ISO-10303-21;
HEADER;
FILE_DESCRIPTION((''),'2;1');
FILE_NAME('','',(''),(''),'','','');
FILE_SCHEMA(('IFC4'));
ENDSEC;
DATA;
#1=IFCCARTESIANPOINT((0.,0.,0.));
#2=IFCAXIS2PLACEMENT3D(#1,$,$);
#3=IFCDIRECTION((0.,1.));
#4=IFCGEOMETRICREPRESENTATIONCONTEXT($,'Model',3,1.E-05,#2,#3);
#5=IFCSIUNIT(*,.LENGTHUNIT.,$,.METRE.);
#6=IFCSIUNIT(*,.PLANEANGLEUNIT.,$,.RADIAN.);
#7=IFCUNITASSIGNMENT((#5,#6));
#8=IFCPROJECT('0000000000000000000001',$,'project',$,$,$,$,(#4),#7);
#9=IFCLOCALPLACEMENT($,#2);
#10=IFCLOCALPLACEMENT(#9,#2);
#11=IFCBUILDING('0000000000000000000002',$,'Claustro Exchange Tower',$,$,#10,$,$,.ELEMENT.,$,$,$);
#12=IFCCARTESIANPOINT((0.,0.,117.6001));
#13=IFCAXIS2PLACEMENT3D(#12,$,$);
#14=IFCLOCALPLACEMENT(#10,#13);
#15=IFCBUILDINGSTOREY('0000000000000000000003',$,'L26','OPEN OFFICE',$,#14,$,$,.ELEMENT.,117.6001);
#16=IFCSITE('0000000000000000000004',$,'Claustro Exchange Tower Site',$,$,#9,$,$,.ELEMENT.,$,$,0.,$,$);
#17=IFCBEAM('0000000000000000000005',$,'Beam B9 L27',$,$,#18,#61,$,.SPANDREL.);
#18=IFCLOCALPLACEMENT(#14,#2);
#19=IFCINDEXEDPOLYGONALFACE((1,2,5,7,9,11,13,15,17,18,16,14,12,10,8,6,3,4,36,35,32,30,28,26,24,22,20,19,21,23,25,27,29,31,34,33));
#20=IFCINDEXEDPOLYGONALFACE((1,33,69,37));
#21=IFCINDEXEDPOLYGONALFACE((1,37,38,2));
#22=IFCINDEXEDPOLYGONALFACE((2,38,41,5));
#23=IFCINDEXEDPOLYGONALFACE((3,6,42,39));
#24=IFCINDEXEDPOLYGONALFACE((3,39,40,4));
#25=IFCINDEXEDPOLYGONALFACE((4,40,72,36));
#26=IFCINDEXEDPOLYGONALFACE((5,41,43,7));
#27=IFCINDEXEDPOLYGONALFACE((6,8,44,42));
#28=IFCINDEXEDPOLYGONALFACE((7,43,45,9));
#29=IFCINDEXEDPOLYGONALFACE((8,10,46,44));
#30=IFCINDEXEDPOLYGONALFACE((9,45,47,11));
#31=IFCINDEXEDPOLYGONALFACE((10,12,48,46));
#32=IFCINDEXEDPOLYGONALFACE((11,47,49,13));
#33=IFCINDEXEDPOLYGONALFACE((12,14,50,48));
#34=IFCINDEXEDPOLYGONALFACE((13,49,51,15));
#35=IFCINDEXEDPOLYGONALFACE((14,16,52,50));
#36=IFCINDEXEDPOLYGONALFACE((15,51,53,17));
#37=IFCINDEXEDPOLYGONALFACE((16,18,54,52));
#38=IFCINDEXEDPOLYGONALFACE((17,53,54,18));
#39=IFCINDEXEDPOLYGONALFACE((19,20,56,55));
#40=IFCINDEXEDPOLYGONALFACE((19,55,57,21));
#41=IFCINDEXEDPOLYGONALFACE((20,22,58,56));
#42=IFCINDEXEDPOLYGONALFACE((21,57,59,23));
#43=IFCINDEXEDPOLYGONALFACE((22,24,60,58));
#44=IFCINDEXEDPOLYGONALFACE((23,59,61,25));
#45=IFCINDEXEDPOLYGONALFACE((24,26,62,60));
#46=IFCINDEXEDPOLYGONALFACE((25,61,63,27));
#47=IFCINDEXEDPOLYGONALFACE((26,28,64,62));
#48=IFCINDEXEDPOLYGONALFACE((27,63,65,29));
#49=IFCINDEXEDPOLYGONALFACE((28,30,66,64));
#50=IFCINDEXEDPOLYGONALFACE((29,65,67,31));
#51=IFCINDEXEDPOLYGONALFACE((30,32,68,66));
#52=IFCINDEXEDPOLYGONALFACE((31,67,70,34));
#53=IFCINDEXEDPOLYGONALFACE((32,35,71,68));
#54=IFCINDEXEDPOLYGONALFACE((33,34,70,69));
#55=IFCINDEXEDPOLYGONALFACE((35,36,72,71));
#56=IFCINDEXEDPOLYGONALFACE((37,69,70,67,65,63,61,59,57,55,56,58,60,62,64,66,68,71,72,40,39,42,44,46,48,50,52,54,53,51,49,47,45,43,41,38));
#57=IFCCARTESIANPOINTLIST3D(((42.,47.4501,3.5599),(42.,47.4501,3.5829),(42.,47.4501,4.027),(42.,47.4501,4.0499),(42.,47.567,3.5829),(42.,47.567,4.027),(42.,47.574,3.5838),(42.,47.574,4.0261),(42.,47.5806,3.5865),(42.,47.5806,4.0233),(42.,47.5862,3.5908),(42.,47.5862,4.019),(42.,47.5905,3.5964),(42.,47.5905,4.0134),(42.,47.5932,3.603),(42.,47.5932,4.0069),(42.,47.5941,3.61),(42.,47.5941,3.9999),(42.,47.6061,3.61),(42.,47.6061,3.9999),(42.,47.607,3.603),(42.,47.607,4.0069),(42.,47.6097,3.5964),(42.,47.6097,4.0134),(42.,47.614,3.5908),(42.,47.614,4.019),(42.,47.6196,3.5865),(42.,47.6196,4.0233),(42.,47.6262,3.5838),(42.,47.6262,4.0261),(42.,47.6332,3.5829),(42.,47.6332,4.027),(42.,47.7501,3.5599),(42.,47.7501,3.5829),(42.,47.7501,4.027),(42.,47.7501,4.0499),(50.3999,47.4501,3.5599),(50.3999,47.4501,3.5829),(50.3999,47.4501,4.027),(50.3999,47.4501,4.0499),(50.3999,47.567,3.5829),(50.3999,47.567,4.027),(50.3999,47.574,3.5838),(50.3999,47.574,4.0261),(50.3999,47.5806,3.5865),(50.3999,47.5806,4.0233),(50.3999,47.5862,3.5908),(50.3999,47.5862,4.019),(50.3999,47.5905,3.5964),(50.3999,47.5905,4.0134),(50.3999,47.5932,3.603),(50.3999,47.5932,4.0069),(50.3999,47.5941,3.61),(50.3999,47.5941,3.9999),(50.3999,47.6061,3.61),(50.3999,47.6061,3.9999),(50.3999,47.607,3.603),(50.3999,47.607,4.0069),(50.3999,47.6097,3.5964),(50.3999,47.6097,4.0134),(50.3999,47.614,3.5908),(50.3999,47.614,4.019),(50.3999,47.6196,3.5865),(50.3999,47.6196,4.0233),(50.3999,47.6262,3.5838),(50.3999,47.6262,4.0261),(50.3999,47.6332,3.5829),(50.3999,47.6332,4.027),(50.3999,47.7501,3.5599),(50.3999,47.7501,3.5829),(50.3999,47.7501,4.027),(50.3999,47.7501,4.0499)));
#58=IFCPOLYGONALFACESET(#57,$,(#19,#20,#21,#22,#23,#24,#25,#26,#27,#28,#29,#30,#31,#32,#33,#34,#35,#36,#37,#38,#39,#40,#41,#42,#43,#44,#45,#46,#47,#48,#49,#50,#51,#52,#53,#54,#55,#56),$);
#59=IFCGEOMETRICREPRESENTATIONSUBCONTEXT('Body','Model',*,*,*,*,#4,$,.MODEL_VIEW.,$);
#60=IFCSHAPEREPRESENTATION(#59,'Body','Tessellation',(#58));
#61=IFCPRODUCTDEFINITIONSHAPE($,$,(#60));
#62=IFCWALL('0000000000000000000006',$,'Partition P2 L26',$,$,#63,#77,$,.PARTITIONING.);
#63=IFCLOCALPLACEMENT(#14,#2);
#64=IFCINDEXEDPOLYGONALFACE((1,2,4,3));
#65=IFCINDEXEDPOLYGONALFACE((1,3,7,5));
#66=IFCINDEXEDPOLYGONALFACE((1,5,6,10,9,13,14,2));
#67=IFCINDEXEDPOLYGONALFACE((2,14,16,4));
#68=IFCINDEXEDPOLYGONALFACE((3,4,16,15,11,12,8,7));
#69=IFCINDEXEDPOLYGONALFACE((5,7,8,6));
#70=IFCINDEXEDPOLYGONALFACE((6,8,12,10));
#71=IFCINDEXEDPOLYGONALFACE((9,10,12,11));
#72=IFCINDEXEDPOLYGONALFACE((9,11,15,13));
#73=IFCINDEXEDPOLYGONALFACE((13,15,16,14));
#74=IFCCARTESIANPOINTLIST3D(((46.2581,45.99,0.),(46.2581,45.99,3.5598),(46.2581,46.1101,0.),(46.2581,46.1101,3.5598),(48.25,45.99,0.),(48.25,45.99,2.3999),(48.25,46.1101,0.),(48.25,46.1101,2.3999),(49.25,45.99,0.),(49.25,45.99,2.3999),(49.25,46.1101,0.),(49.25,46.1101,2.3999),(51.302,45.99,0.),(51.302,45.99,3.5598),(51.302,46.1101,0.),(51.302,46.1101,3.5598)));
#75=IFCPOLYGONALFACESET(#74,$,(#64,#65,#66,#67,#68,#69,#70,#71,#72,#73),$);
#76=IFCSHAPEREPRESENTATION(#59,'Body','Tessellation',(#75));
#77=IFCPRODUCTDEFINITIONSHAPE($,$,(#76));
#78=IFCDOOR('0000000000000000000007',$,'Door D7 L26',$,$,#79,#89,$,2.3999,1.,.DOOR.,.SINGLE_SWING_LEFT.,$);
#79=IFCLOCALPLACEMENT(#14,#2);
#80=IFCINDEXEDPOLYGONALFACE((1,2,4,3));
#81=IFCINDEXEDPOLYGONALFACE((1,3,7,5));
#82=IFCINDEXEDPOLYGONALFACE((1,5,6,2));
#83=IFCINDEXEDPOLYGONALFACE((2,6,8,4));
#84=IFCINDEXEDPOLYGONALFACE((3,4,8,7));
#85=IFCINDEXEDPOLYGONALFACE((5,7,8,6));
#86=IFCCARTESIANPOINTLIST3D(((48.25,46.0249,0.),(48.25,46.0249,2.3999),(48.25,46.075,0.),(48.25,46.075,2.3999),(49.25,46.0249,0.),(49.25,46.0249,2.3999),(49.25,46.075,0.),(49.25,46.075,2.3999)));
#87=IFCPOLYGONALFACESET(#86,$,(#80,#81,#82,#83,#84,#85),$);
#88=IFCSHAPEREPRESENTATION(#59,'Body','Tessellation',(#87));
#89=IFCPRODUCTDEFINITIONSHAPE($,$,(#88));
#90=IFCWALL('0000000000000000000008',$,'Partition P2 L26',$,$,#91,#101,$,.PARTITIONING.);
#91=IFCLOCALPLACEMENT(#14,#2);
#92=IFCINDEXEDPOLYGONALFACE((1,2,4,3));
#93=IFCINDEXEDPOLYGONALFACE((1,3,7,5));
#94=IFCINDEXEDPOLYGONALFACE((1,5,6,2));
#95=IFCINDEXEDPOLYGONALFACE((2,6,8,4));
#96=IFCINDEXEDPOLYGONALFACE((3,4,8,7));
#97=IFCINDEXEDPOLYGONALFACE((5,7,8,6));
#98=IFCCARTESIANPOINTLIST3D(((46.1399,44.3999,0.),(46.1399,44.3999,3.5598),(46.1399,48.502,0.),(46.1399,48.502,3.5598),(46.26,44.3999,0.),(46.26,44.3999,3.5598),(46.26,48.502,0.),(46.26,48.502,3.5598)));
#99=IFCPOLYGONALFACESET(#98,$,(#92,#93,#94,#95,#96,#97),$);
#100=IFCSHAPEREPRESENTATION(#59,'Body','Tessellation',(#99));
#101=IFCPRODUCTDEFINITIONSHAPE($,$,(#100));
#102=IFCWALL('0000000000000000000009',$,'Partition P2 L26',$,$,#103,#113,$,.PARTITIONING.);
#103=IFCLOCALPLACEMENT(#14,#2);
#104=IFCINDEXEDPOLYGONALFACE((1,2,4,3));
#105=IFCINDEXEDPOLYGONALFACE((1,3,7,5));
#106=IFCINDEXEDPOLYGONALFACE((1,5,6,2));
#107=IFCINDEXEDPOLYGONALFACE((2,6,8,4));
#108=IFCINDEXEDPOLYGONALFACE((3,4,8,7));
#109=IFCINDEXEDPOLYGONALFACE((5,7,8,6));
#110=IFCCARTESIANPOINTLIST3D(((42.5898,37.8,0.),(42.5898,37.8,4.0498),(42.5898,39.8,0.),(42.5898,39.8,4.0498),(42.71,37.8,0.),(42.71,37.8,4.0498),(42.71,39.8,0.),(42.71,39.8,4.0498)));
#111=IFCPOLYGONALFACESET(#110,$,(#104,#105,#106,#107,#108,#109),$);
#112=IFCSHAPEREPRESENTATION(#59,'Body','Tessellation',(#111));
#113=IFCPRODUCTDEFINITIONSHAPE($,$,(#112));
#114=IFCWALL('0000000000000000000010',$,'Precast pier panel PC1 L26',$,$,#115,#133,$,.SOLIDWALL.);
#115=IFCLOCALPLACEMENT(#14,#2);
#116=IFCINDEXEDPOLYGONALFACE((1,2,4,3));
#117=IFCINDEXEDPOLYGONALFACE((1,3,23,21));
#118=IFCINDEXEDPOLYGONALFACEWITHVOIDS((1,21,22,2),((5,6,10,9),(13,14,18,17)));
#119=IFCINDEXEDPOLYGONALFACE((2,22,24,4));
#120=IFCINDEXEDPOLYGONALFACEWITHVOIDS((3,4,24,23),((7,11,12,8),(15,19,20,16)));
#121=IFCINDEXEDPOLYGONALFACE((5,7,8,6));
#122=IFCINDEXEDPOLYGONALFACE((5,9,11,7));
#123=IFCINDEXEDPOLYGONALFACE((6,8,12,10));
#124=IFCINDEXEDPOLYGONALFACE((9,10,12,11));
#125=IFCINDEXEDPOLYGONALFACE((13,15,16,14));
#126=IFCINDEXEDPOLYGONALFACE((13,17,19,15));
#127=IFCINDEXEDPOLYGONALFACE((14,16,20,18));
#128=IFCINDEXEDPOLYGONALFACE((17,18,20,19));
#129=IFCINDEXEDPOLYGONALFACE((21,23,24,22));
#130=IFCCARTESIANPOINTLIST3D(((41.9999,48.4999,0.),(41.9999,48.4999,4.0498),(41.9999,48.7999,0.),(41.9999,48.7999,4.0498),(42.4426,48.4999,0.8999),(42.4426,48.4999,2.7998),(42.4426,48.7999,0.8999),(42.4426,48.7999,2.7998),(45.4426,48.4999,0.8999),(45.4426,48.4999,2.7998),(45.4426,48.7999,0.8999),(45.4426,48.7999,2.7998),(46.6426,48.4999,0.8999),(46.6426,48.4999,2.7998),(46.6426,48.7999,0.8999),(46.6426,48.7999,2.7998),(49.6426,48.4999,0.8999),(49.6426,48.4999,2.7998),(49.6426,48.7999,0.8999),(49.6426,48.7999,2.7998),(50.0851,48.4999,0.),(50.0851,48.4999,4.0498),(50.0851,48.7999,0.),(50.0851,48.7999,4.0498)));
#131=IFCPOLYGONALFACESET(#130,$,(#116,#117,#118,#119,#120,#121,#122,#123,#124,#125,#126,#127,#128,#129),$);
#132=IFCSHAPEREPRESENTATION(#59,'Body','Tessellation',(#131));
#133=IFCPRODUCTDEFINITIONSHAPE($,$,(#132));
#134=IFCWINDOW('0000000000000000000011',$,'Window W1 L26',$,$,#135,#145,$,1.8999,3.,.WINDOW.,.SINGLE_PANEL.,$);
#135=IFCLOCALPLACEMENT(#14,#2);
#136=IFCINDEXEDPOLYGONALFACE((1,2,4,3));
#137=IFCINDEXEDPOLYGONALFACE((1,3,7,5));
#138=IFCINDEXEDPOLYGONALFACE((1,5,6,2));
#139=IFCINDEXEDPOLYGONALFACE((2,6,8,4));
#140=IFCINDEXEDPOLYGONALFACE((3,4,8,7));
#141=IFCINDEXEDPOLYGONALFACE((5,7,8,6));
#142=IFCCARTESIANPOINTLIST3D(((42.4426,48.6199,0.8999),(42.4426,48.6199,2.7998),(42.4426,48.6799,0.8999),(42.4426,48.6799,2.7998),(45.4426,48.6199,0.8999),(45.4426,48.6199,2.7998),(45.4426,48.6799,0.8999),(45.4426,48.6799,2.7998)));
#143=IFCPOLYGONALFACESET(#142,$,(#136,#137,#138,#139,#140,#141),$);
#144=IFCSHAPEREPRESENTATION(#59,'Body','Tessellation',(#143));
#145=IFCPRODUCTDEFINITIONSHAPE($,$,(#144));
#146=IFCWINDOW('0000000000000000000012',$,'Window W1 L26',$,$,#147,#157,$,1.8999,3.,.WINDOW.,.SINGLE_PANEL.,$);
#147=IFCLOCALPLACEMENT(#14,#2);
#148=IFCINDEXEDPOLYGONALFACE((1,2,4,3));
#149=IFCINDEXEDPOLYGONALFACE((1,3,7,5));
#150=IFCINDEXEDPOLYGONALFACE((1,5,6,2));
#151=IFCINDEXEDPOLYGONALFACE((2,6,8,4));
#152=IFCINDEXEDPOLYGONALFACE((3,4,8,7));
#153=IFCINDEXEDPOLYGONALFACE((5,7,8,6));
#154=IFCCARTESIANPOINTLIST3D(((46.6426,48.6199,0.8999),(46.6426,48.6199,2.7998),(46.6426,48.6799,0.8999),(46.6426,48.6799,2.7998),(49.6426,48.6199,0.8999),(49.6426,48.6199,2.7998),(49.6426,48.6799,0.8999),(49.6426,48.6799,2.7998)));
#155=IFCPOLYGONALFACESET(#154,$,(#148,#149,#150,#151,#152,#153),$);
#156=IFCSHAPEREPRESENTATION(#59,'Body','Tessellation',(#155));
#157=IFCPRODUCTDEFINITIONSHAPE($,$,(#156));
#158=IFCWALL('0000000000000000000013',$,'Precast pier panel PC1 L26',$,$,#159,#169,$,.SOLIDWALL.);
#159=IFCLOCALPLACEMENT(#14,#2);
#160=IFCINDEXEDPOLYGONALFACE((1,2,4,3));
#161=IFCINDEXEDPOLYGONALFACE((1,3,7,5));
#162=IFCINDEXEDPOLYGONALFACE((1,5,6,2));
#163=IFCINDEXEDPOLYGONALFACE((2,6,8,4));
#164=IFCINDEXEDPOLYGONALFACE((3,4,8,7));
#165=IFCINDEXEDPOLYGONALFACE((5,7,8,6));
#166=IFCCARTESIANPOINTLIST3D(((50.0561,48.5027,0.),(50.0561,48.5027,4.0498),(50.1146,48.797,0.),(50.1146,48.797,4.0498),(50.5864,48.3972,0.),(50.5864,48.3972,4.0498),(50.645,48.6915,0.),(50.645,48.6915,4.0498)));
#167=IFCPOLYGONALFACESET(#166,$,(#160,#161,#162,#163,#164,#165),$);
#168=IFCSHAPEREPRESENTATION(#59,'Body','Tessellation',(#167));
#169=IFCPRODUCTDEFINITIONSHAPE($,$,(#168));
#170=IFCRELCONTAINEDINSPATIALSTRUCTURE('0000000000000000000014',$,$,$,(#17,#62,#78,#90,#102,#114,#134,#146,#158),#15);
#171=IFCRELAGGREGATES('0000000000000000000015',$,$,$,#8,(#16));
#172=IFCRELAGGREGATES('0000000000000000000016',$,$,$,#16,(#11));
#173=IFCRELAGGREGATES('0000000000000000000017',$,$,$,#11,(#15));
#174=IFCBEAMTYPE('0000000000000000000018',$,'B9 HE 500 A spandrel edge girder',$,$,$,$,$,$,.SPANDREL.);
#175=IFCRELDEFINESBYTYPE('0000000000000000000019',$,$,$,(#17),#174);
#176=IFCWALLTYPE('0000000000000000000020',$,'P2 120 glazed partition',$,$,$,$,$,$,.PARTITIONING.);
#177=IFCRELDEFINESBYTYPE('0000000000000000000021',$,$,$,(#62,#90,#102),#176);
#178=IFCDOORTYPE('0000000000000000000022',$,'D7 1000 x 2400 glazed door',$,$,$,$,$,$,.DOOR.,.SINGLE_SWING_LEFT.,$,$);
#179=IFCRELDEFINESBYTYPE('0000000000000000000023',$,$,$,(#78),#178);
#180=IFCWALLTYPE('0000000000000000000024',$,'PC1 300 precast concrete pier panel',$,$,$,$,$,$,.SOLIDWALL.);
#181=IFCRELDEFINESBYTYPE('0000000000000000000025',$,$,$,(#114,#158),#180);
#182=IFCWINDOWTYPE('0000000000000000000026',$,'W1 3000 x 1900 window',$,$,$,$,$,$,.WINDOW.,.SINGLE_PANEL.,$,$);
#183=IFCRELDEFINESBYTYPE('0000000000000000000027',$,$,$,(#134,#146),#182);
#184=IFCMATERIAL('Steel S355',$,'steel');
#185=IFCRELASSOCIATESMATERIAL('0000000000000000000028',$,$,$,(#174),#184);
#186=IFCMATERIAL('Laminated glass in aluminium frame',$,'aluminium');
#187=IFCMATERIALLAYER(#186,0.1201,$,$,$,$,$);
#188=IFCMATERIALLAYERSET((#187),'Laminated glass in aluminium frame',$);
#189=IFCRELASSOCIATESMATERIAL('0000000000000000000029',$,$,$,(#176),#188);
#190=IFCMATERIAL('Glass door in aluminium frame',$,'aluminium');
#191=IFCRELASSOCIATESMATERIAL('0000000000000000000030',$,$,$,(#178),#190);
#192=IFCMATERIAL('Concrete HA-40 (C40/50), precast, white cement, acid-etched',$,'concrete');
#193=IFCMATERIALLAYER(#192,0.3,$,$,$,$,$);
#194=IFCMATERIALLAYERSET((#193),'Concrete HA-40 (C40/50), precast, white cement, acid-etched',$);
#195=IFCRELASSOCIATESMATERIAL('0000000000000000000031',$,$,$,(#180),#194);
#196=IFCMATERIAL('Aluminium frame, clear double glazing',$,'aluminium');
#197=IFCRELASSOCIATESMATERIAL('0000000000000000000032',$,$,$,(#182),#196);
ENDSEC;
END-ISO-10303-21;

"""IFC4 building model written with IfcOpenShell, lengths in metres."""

from ifc_helpers import new_model, si_unit, direction, frame, frame_2d, origin, origin_2d, place, context, subcontext, project, spatial, rectangle, i_section, extrude, material, layer, layer_set, material_profile, profile_set, type_object, element, fill, save


model = new_model("IFC4")

# Units and contexts
model_context = context("Model", 3, precision=1e-05, world=origin(), true_north=direction((0.0, 1.0)))
body_context = subcontext(model_context, "Body", "Model", "MODEL_VIEW")
ifc_project = project(units=[si_unit("LENGTHUNIT", "METRE"), si_unit("PLANEANGLEUNIT", "RADIAN")], contexts=[model_context])

# Site, building, storey
site_placement = place(None, origin())
site = spatial("IfcSite", under=ifc_project, at=site_placement, Name="Claustro Exchange Tower Site", CompositionType="ELEMENT", RefElevation=0.0)
building_placement = place(site_placement, origin())
building = spatial("IfcBuilding", under=site, at=building_placement, Name="Claustro Exchange Tower", CompositionType="ELEMENT")
storey_placement = place(building_placement, frame((0.0, 0.0, 117.6001)))
storey = spatial("IfcBuildingStorey", under=building, at=storey_placement, Name="L26", Description="OPEN OFFICE", CompositionType="ELEMENT", Elevation=117.6001)

# Beam
ifc_material_1 = material(Name="Steel S355", Category="steel")
ifc_material_profile_1 = material_profile(ifc_material_1, i_section(OverallWidth=0.3, OverallDepth=0.49, WebThickness=0.012, FlangeThickness=0.0229, FilletRadius=0.0271, at=origin_2d()), Name="HE 500 A")
ifc_profile_set_1 = profile_set([ifc_material_profile_1], Name="Steel S355")
beam_type_1 = type_object("IfcBeamType", Name="B9 HE 500 A spandrel edge girder", PredefinedType="SPANDREL", material=ifc_profile_set_1)
beam_1_placement = place(storey_placement, frame((42.0, 47.6001, 3.8049), z_axis=(1.0, 0.0, 0.0), x_axis=(0.0, 1.0, 0.0)))
element("IfcBeam", 1, at=beam_1_placement, inside=storey, type_object=beam_type_1, Name="Beam B9 L27", PredefinedType="SPANDREL", context=body_context, shape_type="SweptSolid", body=[
    extrude(i_section(OverallWidth=0.3, OverallDepth=0.49, WebThickness=0.012, FlangeThickness=0.0229, FilletRadius=0.0271, at=origin_2d()), origin(), (0.0, 0.0, 1.0), 8.3999),
])

# Wall, opening, door
ifc_material_2 = material(Name="Laminated glass in aluminium frame", Category="aluminium")
ifc_layer_1 = layer(ifc_material_2, 0.1201)
ifc_layer_set_1 = layer_set([ifc_layer_1], Name="Laminated glass in aluminium frame")
wall_type_1 = type_object("IfcWallType", Name="P2 120 glazed partition", PredefinedType="PARTITIONING", material=ifc_layer_set_1)
wall_1_placement = place(storey_placement, frame((46.2581, 46.05, 0.0), z_axis=(0.0, 0.0, 1.0), x_axis=(1.0, 0.0, 0.0)))
wall_1 = element("IfcWall", 2, at=wall_1_placement, inside=storey, type_object=wall_type_1, Name="Partition P2 L26", PredefinedType="PARTITIONING", context=body_context, shape_type="SweptSolid", body=[
    extrude(rectangle(XDim=5.0439, YDim=0.1201, at=frame_2d((2.522, 0.0))), origin(), (0.0, 0.0, 1.0), 3.5598),
])
opening_1_placement = place(wall_1_placement, frame((1.9919, 0.0, 0.0)))
opening_1 = element("IfcOpeningElement", 3, at=opening_1_placement, cuts=wall_1, PredefinedType="OPENING", context=body_context, shape_type="SweptSolid", body=[
    extrude(rectangle(XDim=1.0, YDim=2.3999, at=frame_2d((0.5, 1.2))), frame((0.0, 0.0701, 0.0), z_axis=(0.0, -1.0, 0.0), x_axis=(1.0, 0.0, 0.0)), (0.0, 0.0, 1.0), 0.1401),
])
ifc_material_3 = material(Name="Glass door in aluminium frame", Category="aluminium")
door_type = type_object("IfcDoorType", Name="D7 1000 x 2400 glazed door", OperationType="SINGLE_SWING_LEFT", PredefinedType="DOOR", material=ifc_material_3)
door_placement = place(opening_1_placement, origin())
door = element("IfcDoor", 4, at=door_placement, inside=storey, type_object=door_type, Name="Door D7 L26", OperationType="SINGLE_SWING_LEFT", OverallHeight=2.3999, OverallWidth=1.0, PredefinedType="DOOR", context=body_context, shape_type="SweptSolid", body=[
    extrude(rectangle(XDim=1.0, YDim=2.3999, at=frame_2d((0.5, 1.2))), frame((0.0, 0.0249, 0.0), z_axis=(0.0, -1.0, 0.0), x_axis=(1.0, 0.0, 0.0)), (0.0, 0.0, 1.0), 0.05),
])
fill(opening_1, door)

# Walls
wall_2_placement = place(storey_placement, frame((46.2, 44.3999, 0.0), z_axis=(0.0, 0.0, 1.0), x_axis=(0.0, 1.0, 0.0)))
element("IfcWall", 5, at=wall_2_placement, inside=storey, type_object=wall_type_1, Name="Partition P2 L26", PredefinedType="PARTITIONING", context=body_context, shape_type="SweptSolid", body=[
    extrude(rectangle(XDim=4.1021, YDim=0.1201, at=frame_2d((2.051, 0.0))), origin(), (0.0, 0.0, 1.0), 3.5598),
])
wall_3_placement = place(storey_placement, frame((42.6499, 37.8, 0.0), z_axis=(0.0, 0.0, 1.0), x_axis=(0.0, 1.0, 0.0)))
element("IfcWall", 6, at=wall_3_placement, inside=storey, type_object=wall_type_1, Name="Partition P2 L26", PredefinedType="PARTITIONING", context=body_context, shape_type="SweptSolid", body=[
    extrude(rectangle(XDim=2.0, YDim=0.1201, at=frame_2d((1.0, 0.0))), origin(), (0.0, 0.0, 1.0), 4.0498),
])

# Wall, openings, windows
ifc_material_4 = material(Name="Concrete HA-40 (C40/50), precast, white cement, acid-etched", Category="concrete")
ifc_layer_2 = layer(ifc_material_4, 0.3)
ifc_layer_set_2 = layer_set([ifc_layer_2], Name="Concrete HA-40 (C40/50), precast, white cement, acid-etched")
wall_type_2 = type_object("IfcWallType", Name="PC1 300 precast concrete pier panel", PredefinedType="SOLIDWALL", material=ifc_layer_set_2)
wall_4_placement = place(storey_placement, frame((42.0, 48.6499, 0.0), z_axis=(0.0, 0.0, 1.0), x_axis=(1.0, 0.0, 0.0)))
wall_4 = element("IfcWall", 7, at=wall_4_placement, inside=storey, type_object=wall_type_2, Name="Precast pier panel PC1 L26", PredefinedType="SOLIDWALL", context=body_context, shape_type="SweptSolid", body=[
    extrude(rectangle(XDim=8.0852, YDim=0.3, at=frame_2d((4.0425, 0.0))), origin(), (0.0, 0.0, 1.0), 4.0498),
])
opening_2_placement = place(wall_4_placement, frame((0.4426, 0.0, 0.8999)))
opening_2 = element("IfcOpeningElement", 8, at=opening_2_placement, cuts=wall_4, PredefinedType="OPENING", context=body_context, shape_type="SweptSolid", body=[
    extrude(rectangle(XDim=3.0, YDim=1.8999, at=frame_2d((1.5, 0.95))), frame((0.0, 0.1599, 0.0), z_axis=(0.0, -1.0, 0.0), x_axis=(1.0, 0.0, 0.0)), (0.0, 0.0, 1.0), 0.3201),
])
opening_3_placement = place(wall_4_placement, frame((4.6426, 0.0, 0.8999)))
opening_3 = element("IfcOpeningElement", 9, at=opening_3_placement, cuts=wall_4, PredefinedType="OPENING", context=body_context, shape_type="SweptSolid", body=[
    extrude(rectangle(XDim=3.0, YDim=1.8999, at=frame_2d((1.5, 0.95))), frame((0.0, 0.1599, 0.0), z_axis=(0.0, -1.0, 0.0), x_axis=(1.0, 0.0, 0.0)), (0.0, 0.0, 1.0), 0.3201),
])
ifc_material_5 = material(Name="Aluminium frame, clear double glazing", Category="aluminium")
window_type_1 = type_object("IfcWindowType", Name="W1 3000 x 1900 window", PartitioningType="SINGLE_PANEL", PredefinedType="WINDOW", material=ifc_material_5)
window_1_placement = place(opening_2_placement, origin())
window_1 = element("IfcWindow", 10, at=window_1_placement, inside=storey, type_object=window_type_1, Name="Window W1 L26", OverallHeight=1.8999, OverallWidth=3.0, PartitioningType="SINGLE_PANEL", PredefinedType="WINDOW", context=body_context, shape_type="SweptSolid", body=[
    extrude(rectangle(XDim=3.0, YDim=1.8999, at=frame_2d((1.5, 0.95))), frame((0.0, 0.03, 0.0), z_axis=(0.0, -1.0, 0.0), x_axis=(1.0, 0.0, 0.0)), (0.0, 0.0, 1.0), 0.0601),
])
fill(opening_2, window_1)
window_2_placement = place(opening_3_placement, origin())
window_2 = element("IfcWindow", 11, at=window_2_placement, inside=storey, type_object=window_type_1, Name="Window W1 L26", OverallHeight=1.8999, OverallWidth=3.0, PartitioningType="SINGLE_PANEL", PredefinedType="WINDOW", context=body_context, shape_type="SweptSolid", body=[
    extrude(rectangle(XDim=3.0, YDim=1.8999, at=frame_2d((1.5, 0.95))), frame((0.0, 0.03, 0.0), z_axis=(0.0, -1.0, 0.0), x_axis=(1.0, 0.0, 0.0)), (0.0, 0.0, 1.0), 0.0601),
])
fill(opening_3, window_2)

# Wall
wall_5_placement = place(storey_placement, frame((50.0852, 48.6499, 0.0), z_axis=(0.0, 0.0, 1.0), x_axis=(0.980789, -0.195074, 0.0)))
element("IfcWall", 12, at=wall_5_placement, inside=storey, type_object=wall_type_2, Name="Precast pier panel PC1 L26", PredefinedType="SOLIDWALL", context=body_context, shape_type="SweptSolid", body=[
    extrude(rectangle(XDim=0.5408, YDim=0.3, at=frame_2d((0.2705, 0.0))), origin(), (0.0, 0.0, 1.0), 4.0498),
])

save(model, "model.ifc")
